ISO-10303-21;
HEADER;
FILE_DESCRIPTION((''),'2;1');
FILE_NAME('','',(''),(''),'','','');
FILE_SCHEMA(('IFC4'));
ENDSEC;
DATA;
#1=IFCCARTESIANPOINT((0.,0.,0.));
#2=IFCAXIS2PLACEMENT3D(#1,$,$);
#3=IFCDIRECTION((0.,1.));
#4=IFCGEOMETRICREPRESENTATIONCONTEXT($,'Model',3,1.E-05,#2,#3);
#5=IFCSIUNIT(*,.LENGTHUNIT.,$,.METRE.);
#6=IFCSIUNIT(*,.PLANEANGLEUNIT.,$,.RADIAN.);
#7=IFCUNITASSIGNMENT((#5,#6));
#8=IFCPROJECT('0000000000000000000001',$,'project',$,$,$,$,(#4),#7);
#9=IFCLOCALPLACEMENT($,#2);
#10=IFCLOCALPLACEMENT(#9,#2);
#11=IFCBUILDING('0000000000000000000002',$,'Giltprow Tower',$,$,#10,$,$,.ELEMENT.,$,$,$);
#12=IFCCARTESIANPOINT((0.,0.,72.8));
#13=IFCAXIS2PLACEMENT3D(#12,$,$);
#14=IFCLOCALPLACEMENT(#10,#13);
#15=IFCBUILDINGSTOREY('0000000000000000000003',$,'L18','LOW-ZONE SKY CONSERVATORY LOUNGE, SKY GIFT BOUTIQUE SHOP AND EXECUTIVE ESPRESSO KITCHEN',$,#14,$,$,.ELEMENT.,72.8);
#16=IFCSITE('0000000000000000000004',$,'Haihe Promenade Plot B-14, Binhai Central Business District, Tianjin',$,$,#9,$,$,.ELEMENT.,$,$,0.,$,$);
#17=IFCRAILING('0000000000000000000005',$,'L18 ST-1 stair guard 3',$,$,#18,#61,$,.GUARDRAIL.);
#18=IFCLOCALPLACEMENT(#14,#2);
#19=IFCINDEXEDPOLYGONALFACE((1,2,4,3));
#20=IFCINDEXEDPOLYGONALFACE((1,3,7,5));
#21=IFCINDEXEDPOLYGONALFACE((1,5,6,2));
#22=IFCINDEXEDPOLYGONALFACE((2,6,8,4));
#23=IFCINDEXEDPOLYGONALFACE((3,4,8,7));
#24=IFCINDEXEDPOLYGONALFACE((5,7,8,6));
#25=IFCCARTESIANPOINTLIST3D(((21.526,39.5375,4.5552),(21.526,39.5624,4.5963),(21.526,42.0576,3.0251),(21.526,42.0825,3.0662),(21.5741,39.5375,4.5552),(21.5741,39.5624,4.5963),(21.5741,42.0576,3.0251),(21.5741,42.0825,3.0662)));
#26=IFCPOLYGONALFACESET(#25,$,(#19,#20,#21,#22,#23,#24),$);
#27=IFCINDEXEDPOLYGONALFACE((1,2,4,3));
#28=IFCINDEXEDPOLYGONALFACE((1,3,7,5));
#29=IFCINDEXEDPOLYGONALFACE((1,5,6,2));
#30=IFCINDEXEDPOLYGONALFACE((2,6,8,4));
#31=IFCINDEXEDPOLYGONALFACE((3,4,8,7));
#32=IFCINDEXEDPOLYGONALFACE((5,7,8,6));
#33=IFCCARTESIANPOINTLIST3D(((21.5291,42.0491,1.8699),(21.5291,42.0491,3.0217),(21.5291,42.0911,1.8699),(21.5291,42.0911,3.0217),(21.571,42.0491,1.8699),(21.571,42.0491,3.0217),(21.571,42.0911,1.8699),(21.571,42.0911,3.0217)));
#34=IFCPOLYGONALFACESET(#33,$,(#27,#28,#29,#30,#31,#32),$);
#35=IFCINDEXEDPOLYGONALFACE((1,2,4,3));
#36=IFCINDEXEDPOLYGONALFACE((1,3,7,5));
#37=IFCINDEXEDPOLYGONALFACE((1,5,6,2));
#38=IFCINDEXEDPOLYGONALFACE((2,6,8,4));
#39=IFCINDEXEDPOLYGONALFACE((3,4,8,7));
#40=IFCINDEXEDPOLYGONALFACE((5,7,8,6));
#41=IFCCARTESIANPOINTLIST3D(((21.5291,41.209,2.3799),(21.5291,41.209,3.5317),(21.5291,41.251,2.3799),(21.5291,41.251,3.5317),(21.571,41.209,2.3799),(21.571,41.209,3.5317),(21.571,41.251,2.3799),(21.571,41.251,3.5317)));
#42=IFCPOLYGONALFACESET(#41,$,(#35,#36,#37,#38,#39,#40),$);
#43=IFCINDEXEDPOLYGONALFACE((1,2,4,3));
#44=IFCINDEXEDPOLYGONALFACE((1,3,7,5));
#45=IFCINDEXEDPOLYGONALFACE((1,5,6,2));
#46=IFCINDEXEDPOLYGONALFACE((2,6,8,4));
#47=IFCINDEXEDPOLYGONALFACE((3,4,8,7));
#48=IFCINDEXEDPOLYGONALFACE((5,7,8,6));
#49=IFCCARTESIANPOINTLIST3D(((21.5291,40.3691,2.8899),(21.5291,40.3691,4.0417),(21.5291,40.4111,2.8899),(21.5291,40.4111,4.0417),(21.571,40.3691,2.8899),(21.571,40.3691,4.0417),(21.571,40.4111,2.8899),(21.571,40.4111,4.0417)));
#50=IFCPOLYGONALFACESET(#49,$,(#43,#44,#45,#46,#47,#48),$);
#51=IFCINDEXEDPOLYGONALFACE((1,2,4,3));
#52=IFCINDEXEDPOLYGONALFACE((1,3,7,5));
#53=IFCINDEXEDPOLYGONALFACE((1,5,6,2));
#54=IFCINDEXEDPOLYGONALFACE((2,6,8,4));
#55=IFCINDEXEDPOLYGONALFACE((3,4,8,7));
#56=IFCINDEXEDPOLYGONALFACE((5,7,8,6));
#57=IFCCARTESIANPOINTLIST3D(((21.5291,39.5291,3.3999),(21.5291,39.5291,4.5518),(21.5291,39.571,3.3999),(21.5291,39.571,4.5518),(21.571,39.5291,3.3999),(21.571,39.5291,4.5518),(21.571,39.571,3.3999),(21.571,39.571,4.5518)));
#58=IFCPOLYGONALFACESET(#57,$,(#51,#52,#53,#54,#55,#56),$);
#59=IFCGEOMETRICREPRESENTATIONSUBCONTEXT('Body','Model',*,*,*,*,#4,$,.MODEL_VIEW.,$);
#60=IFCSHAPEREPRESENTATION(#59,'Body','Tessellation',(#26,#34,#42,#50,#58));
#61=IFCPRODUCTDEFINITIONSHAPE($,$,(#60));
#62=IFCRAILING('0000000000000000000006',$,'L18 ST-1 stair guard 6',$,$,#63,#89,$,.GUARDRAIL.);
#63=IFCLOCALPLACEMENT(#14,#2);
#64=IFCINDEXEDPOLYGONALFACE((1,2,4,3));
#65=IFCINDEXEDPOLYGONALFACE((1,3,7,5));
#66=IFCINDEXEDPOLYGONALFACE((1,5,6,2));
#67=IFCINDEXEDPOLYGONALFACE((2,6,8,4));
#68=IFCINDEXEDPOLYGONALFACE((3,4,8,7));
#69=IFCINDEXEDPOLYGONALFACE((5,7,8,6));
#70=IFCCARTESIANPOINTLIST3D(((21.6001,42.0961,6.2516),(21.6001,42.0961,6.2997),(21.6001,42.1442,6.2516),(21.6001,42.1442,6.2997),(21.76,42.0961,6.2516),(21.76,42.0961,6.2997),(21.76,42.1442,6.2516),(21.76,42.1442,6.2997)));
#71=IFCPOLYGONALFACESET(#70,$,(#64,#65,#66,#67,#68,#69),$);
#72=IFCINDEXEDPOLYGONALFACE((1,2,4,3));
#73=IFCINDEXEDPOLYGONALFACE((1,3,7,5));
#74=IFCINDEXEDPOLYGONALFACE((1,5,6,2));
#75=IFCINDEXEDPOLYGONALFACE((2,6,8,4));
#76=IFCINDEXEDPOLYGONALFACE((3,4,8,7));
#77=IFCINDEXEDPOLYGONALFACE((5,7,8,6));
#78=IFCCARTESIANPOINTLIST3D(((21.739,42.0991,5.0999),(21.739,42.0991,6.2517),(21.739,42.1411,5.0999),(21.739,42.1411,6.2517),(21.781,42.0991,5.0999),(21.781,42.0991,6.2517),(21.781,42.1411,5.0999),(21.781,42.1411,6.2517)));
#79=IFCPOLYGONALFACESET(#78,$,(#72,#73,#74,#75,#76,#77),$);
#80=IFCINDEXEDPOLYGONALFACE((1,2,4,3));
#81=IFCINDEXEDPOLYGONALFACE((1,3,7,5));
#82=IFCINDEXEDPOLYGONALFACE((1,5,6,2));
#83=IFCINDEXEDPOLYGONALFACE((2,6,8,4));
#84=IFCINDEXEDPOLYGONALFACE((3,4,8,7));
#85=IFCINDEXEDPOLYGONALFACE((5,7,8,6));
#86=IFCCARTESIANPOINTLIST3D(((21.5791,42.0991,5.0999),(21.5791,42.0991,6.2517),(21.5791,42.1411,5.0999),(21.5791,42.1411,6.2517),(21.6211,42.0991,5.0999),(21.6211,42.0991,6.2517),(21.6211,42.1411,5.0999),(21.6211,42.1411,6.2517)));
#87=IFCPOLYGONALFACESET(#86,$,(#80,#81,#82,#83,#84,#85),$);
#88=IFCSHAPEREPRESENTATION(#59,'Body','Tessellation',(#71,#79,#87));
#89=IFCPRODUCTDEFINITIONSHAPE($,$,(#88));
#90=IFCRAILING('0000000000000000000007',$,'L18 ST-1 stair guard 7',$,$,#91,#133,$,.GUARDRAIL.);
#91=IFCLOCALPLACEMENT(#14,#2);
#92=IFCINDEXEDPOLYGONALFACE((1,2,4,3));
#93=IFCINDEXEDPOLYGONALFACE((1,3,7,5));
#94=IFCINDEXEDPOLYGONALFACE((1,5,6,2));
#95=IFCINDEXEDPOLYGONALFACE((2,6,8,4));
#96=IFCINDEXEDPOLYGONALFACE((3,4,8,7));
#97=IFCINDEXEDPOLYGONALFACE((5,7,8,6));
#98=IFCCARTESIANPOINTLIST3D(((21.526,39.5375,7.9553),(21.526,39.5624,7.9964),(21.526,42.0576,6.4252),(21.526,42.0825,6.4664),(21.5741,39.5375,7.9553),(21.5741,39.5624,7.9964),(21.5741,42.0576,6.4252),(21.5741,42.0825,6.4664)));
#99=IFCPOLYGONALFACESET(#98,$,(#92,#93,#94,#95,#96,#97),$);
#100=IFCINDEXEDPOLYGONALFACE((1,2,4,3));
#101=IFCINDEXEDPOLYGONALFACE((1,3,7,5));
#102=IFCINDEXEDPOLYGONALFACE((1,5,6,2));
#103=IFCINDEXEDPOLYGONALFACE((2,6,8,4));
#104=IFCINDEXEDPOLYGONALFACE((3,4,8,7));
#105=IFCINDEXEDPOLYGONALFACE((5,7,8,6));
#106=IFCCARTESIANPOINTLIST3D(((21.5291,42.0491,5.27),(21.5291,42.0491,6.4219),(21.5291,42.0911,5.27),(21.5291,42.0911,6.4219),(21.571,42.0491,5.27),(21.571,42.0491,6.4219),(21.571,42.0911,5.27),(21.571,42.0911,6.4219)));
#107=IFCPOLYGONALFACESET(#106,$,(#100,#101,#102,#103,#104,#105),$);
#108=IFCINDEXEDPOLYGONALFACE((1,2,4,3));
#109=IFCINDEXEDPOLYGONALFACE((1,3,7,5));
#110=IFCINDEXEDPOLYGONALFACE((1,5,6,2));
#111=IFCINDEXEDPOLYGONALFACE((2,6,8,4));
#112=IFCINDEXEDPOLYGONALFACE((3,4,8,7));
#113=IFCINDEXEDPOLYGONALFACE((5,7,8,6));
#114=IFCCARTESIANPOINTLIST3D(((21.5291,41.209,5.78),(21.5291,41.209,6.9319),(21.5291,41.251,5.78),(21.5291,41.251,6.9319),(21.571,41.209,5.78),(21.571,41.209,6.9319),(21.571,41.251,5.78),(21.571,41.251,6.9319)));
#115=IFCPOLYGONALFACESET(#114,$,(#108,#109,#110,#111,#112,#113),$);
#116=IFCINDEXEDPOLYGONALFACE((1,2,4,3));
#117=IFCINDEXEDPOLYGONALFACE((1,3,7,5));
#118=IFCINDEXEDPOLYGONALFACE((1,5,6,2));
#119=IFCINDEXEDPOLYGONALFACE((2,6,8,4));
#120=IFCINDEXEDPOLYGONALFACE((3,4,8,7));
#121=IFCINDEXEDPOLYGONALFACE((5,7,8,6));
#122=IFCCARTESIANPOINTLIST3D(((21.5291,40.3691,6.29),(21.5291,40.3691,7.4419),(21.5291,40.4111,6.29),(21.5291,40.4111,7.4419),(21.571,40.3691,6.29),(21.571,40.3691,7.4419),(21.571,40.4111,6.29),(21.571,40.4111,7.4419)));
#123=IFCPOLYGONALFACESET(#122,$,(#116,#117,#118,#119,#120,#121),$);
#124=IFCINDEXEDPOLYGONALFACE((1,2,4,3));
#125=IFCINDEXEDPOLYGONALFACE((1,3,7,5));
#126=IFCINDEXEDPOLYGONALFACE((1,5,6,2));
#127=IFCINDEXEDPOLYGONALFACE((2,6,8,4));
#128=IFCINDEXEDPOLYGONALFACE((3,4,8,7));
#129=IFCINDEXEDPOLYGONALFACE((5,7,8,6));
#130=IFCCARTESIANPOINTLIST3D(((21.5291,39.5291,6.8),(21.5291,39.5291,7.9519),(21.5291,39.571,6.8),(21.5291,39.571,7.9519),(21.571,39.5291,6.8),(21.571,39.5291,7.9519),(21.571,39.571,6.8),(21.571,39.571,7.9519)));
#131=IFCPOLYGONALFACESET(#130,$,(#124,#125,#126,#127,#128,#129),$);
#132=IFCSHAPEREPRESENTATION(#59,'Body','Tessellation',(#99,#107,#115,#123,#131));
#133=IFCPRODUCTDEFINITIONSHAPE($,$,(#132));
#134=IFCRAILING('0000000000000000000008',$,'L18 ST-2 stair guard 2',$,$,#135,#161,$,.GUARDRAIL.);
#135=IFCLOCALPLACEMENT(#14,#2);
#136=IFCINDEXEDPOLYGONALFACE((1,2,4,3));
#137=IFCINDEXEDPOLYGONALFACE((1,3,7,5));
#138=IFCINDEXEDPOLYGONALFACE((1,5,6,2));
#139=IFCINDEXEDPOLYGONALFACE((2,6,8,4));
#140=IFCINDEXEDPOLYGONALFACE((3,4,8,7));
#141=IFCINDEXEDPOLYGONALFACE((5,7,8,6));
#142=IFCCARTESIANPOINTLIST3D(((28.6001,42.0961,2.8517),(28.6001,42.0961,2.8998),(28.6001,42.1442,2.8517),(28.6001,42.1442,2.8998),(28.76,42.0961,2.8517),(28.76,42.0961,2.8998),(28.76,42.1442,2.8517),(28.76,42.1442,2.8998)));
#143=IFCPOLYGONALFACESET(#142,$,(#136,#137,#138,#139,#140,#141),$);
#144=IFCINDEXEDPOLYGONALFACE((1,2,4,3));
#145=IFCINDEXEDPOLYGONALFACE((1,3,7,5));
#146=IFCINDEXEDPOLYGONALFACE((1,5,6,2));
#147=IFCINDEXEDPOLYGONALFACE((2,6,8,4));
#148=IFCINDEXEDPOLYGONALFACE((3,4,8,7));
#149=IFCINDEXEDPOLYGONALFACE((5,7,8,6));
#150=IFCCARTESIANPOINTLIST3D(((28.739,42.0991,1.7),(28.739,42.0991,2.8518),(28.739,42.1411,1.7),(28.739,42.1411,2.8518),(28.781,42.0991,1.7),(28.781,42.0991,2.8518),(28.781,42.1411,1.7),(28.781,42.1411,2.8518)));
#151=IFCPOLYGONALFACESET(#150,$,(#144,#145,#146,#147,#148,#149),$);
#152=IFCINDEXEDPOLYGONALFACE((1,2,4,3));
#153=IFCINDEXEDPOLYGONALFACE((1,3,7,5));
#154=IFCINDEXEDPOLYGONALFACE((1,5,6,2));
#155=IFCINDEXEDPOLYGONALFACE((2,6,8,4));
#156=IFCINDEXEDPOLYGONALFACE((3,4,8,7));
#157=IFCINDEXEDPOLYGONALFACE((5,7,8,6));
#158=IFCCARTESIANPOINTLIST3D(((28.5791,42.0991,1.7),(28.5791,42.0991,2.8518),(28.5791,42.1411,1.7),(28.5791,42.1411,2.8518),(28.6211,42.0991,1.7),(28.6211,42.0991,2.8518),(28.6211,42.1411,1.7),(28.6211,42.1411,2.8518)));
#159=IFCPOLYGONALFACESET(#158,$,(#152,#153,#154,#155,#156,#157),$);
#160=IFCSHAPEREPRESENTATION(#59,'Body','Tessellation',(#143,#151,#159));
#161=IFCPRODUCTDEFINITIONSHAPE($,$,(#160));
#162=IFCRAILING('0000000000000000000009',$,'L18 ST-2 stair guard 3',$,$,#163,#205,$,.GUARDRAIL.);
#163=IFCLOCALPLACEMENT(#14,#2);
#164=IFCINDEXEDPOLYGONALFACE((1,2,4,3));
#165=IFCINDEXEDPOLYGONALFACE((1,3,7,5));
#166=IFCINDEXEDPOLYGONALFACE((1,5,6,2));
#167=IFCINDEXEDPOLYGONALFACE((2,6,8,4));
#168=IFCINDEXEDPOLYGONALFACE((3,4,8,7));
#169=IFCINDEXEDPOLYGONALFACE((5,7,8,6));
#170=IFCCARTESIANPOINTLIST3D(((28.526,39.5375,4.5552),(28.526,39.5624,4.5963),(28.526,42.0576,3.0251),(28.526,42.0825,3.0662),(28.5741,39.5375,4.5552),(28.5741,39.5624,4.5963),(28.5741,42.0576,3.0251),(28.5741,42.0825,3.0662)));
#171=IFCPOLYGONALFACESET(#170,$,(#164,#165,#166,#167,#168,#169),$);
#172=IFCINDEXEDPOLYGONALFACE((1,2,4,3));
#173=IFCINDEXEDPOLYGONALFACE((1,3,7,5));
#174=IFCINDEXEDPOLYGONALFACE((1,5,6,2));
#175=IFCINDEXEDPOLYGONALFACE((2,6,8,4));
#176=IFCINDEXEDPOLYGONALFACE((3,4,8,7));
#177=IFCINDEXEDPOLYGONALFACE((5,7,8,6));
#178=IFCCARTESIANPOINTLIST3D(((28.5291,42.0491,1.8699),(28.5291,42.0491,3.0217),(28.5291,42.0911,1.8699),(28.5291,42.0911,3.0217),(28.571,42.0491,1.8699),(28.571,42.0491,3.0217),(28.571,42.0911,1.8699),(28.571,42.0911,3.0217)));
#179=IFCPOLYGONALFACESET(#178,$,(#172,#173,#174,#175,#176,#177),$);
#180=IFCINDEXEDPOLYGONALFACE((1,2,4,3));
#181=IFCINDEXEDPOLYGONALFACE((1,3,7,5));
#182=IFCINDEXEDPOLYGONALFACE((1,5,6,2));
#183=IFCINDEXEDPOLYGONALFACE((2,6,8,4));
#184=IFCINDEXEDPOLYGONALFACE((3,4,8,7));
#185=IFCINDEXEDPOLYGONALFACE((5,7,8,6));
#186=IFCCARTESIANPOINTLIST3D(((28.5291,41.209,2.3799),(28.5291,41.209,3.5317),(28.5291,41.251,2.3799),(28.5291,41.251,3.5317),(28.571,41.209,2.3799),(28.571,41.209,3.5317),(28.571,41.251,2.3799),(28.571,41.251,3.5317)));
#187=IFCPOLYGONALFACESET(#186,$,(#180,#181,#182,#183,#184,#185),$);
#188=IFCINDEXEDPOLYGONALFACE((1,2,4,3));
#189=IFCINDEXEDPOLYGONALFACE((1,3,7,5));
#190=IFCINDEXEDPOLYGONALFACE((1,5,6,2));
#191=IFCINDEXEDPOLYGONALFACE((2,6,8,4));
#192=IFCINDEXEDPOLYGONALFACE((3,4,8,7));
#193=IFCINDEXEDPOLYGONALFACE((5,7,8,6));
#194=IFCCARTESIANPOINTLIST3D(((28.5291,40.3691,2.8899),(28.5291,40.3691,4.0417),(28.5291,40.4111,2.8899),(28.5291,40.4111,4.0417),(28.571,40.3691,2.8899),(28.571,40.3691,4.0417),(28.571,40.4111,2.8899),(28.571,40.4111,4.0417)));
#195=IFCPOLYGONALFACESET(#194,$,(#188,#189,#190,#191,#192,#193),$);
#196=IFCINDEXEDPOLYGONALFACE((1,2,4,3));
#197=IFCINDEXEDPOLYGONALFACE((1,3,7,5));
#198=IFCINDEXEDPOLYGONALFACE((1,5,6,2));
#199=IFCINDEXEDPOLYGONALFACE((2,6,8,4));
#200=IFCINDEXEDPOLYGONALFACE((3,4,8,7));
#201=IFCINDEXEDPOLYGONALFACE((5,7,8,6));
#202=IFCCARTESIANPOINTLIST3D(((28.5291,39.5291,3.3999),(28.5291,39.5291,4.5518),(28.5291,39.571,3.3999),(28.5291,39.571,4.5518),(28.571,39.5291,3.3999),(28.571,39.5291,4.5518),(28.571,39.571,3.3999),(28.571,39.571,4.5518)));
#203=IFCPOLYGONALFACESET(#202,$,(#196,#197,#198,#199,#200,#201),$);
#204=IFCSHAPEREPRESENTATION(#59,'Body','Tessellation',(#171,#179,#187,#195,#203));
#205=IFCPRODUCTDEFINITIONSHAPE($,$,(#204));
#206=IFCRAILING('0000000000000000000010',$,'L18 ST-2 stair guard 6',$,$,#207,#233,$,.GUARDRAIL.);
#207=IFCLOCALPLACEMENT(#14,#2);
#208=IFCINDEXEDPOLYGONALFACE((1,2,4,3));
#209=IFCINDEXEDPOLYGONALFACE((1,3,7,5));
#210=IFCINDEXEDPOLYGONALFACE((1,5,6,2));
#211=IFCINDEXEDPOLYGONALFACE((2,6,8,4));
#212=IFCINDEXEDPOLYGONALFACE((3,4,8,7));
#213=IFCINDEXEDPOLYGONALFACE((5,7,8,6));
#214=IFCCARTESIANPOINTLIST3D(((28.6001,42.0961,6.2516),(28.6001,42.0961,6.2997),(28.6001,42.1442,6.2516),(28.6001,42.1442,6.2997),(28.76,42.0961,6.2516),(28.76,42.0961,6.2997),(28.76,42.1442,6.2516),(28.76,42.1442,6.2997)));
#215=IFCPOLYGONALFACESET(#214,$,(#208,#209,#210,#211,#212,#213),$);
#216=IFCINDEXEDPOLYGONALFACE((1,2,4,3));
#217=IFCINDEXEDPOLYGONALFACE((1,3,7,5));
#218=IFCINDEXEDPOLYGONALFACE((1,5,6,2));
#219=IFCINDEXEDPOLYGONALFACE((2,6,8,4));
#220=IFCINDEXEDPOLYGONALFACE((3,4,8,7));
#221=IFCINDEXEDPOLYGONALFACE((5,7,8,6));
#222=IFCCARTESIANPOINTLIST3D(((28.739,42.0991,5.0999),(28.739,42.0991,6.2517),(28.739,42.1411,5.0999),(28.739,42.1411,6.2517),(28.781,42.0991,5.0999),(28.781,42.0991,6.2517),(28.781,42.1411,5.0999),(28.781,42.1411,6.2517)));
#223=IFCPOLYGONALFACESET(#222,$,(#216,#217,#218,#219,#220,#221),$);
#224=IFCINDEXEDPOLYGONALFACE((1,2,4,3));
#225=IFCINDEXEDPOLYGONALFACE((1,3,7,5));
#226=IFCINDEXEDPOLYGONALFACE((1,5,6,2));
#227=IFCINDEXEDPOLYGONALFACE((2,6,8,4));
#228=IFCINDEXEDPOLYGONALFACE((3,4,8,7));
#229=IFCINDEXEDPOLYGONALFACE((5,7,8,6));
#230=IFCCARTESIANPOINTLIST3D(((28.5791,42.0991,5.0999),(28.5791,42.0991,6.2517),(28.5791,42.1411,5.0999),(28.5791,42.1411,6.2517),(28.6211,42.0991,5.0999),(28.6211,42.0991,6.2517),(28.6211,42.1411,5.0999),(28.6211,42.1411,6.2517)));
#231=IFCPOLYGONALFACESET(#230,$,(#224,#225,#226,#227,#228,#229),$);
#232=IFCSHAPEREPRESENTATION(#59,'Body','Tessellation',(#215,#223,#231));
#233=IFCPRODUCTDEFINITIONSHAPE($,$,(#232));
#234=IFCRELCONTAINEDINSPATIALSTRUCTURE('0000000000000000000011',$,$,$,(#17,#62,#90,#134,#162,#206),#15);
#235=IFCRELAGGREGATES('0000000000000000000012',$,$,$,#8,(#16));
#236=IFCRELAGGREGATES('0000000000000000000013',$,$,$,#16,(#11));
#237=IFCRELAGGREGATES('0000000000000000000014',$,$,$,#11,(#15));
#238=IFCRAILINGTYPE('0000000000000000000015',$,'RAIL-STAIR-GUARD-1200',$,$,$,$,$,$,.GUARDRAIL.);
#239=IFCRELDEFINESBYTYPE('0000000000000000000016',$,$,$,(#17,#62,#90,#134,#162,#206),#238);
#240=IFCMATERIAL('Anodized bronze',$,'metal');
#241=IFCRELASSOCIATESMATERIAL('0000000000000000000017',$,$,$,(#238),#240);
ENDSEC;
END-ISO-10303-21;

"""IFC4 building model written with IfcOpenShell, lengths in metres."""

from ifc_helpers import new_model, si_unit, direction, frame, origin, origin_2d, place, context, subcontext, project, spatial, rectangle, extrude, material, type_object, element, save


model = new_model("IFC4")

# Units and contexts
model_context = context("Model", 3, precision=1e-05, world=origin(), true_north=direction((0.0, 1.0)))
body_context = subcontext(model_context, "Body", "Model", "MODEL_VIEW")
ifc_project = project(units=[si_unit("LENGTHUNIT", "METRE"), si_unit("PLANEANGLEUNIT", "RADIAN")], contexts=[model_context])

# Site, building, storey
site_placement = place(None, origin())
site = spatial("IfcSite", under=ifc_project, at=site_placement, Name="Haihe Promenade Plot B-14, Binhai Central Business District, Tianjin", CompositionType="ELEMENT", RefElevation=0.0)
building_placement = place(site_placement, origin())
building = spatial("IfcBuilding", under=site, at=building_placement, Name="Giltprow Tower", CompositionType="ELEMENT")
storey_placement = place(building_placement, frame((0.0, 0.0, 72.8)))
storey = spatial("IfcBuildingStorey", under=building, at=storey_placement, Name="L18", Description="LOW-ZONE SKY CONSERVATORY LOUNGE, SKY GIFT BOUTIQUE SHOP AND EXECUTIVE ESPRESSO KITCHEN", CompositionType="ELEMENT", Elevation=72.8)

# Railings
ifc_material_1 = material(Name="Anodized bronze", Category="metal")
railing_type_1 = type_object("IfcRailingType", Name="RAIL-STAIR-GUARD-1200", PredefinedType="GUARDRAIL", material=ifc_material_1)
railing_1_placement = place(storey_placement, frame((21.55, 42.0701, 1.8699)))
element("IfcRailing", 1, at=railing_1_placement, inside=storey, type_object=railing_type_1, Name="L18 ST-1 stair guard 3", PredefinedType="GUARDRAIL", context=body_context, shape_type="SweptSolid", body=[
    extrude(rectangle(XDim=0.0481, YDim=0.0481, at=origin_2d()), frame((0.0, 0.0, 1.1758), z_axis=(0.0, -0.854785, 0.518982), x_axis=(1.0, 0.0, 0.0)), (0.0, 0.0, 1.0), 2.9482),
    extrude(rectangle(XDim=0.042, YDim=0.042, at=origin_2d()), origin(), (0.0, 0.0, 1.0), 1.1519),
    extrude(rectangle(XDim=0.042, YDim=0.042, at=origin_2d()), frame((0.0, -0.8401, 0.51)), (0.0, 0.0, 1.0), 1.1519),
    extrude(rectangle(XDim=0.042, YDim=0.042, at=origin_2d()), frame((0.0, -1.6799, 1.02)), (0.0, 0.0, 1.0), 1.1519),
    extrude(rectangle(XDim=0.042, YDim=0.042, at=origin_2d()), frame((0.0, -2.52, 1.53)), (0.0, 0.0, 1.0), 1.1519),
])
railing_2_placement = place(storey_placement, frame((21.76, 42.1201, 5.0999)))
element("IfcRailing", 2, at=railing_2_placement, inside=storey, type_object=railing_type_1, Name="L18 ST-1 stair guard 6", PredefinedType="GUARDRAIL", context=body_context, shape_type="SweptSolid", body=[
    extrude(rectangle(XDim=0.0481, YDim=0.0481, at=origin_2d()), frame((0.0, 0.0, 1.1758), z_axis=(-1.0, 0.0, 0.0), x_axis=(0.0, -1.0, 0.0)), (0.0, 0.0, 1.0), 0.1599),
    extrude(rectangle(XDim=0.042, YDim=0.042, at=origin_2d()), origin(), (0.0, 0.0, 1.0), 1.1519),
    extrude(rectangle(XDim=0.042, YDim=0.042, at=origin_2d()), frame((-0.1599, 0.0, 0.0)), (0.0, 0.0, 1.0), 1.1519),
])
railing_3_placement = place(storey_placement, frame((21.55, 42.0701, 5.27)))
element("IfcRailing", 3, at=railing_3_placement, inside=storey, type_object=railing_type_1, Name="L18 ST-1 stair guard 7", PredefinedType="GUARDRAIL", context=body_context, shape_type="SweptSolid", body=[
    extrude(rectangle(XDim=0.0481, YDim=0.0481, at=origin_2d()), frame((0.0, 0.0, 1.1758), z_axis=(0.0, -0.854785, 0.518982), x_axis=(1.0, 0.0, 0.0)), (0.0, 0.0, 1.0), 2.9482),
    extrude(rectangle(XDim=0.042, YDim=0.042, at=origin_2d()), origin(), (0.0, 0.0, 1.0), 1.1519),
    extrude(rectangle(XDim=0.042, YDim=0.042, at=origin_2d()), frame((0.0, -0.8401, 0.51)), (0.0, 0.0, 1.0), 1.1519),
    extrude(rectangle(XDim=0.042, YDim=0.042, at=origin_2d()), frame((0.0, -1.6799, 1.02)), (0.0, 0.0, 1.0), 1.1519),
    extrude(rectangle(XDim=0.042, YDim=0.042, at=origin_2d()), frame((0.0, -2.52, 1.53)), (0.0, 0.0, 1.0), 1.1519),
])
railing_4_placement = place(storey_placement, frame((28.76, 42.1201, 1.7)))
element("IfcRailing", 4, at=railing_4_placement, inside=storey, type_object=railing_type_1, Name="L18 ST-2 stair guard 2", PredefinedType="GUARDRAIL", context=body_context, shape_type="SweptSolid", body=[
    extrude(rectangle(XDim=0.0481, YDim=0.0481, at=origin_2d()), frame((0.0, 0.0, 1.1758), z_axis=(-1.0, 0.0, 0.0), x_axis=(0.0, -1.0, 0.0)), (0.0, 0.0, 1.0), 0.1599),
    extrude(rectangle(XDim=0.042, YDim=0.042, at=origin_2d()), origin(), (0.0, 0.0, 1.0), 1.1519),
    extrude(rectangle(XDim=0.042, YDim=0.042, at=origin_2d()), frame((-0.1599, 0.0, 0.0)), (0.0, 0.0, 1.0), 1.1519),
])
railing_5_placement = place(storey_placement, frame((28.55, 42.0701, 1.8699)))
element("IfcRailing", 5, at=railing_5_placement, inside=storey, type_object=railing_type_1, Name="L18 ST-2 stair guard 3", PredefinedType="GUARDRAIL", context=body_context, shape_type="SweptSolid", body=[
    extrude(rectangle(XDim=0.0481, YDim=0.0481, at=origin_2d()), frame((0.0, 0.0, 1.1758), z_axis=(0.0, -0.854785, 0.518982), x_axis=(1.0, 0.0, 0.0)), (0.0, 0.0, 1.0), 2.9482),
    extrude(rectangle(XDim=0.042, YDim=0.042, at=origin_2d()), origin(), (0.0, 0.0, 1.0), 1.1519),
    extrude(rectangle(XDim=0.042, YDim=0.042, at=origin_2d()), frame((0.0, -0.8401, 0.51)), (0.0, 0.0, 1.0), 1.1519),
    extrude(rectangle(XDim=0.042, YDim=0.042, at=origin_2d()), frame((0.0, -1.6799, 1.02)), (0.0, 0.0, 1.0), 1.1519),
    extrude(rectangle(XDim=0.042, YDim=0.042, at=origin_2d()), frame((0.0, -2.52, 1.53)), (0.0, 0.0, 1.0), 1.1519),
])
railing_6_placement = place(storey_placement, frame((28.76, 42.1201, 5.0999)))
element("IfcRailing", 6, at=railing_6_placement, inside=storey, type_object=railing_type_1, Name="L18 ST-2 stair guard 6", PredefinedType="GUARDRAIL", context=body_context, shape_type="SweptSolid", body=[
    extrude(rectangle(XDim=0.0481, YDim=0.0481, at=origin_2d()), frame((0.0, 0.0, 1.1758), z_axis=(-1.0, 0.0, 0.0), x_axis=(0.0, -1.0, 0.0)), (0.0, 0.0, 1.0), 0.1599),
    extrude(rectangle(XDim=0.042, YDim=0.042, at=origin_2d()), origin(), (0.0, 0.0, 1.0), 1.1519),
    extrude(rectangle(XDim=0.042, YDim=0.042, at=origin_2d()), frame((-0.1599, 0.0, 0.0)), (0.0, 0.0, 1.0), 1.1519),
])

save(model, "model.ifc")
